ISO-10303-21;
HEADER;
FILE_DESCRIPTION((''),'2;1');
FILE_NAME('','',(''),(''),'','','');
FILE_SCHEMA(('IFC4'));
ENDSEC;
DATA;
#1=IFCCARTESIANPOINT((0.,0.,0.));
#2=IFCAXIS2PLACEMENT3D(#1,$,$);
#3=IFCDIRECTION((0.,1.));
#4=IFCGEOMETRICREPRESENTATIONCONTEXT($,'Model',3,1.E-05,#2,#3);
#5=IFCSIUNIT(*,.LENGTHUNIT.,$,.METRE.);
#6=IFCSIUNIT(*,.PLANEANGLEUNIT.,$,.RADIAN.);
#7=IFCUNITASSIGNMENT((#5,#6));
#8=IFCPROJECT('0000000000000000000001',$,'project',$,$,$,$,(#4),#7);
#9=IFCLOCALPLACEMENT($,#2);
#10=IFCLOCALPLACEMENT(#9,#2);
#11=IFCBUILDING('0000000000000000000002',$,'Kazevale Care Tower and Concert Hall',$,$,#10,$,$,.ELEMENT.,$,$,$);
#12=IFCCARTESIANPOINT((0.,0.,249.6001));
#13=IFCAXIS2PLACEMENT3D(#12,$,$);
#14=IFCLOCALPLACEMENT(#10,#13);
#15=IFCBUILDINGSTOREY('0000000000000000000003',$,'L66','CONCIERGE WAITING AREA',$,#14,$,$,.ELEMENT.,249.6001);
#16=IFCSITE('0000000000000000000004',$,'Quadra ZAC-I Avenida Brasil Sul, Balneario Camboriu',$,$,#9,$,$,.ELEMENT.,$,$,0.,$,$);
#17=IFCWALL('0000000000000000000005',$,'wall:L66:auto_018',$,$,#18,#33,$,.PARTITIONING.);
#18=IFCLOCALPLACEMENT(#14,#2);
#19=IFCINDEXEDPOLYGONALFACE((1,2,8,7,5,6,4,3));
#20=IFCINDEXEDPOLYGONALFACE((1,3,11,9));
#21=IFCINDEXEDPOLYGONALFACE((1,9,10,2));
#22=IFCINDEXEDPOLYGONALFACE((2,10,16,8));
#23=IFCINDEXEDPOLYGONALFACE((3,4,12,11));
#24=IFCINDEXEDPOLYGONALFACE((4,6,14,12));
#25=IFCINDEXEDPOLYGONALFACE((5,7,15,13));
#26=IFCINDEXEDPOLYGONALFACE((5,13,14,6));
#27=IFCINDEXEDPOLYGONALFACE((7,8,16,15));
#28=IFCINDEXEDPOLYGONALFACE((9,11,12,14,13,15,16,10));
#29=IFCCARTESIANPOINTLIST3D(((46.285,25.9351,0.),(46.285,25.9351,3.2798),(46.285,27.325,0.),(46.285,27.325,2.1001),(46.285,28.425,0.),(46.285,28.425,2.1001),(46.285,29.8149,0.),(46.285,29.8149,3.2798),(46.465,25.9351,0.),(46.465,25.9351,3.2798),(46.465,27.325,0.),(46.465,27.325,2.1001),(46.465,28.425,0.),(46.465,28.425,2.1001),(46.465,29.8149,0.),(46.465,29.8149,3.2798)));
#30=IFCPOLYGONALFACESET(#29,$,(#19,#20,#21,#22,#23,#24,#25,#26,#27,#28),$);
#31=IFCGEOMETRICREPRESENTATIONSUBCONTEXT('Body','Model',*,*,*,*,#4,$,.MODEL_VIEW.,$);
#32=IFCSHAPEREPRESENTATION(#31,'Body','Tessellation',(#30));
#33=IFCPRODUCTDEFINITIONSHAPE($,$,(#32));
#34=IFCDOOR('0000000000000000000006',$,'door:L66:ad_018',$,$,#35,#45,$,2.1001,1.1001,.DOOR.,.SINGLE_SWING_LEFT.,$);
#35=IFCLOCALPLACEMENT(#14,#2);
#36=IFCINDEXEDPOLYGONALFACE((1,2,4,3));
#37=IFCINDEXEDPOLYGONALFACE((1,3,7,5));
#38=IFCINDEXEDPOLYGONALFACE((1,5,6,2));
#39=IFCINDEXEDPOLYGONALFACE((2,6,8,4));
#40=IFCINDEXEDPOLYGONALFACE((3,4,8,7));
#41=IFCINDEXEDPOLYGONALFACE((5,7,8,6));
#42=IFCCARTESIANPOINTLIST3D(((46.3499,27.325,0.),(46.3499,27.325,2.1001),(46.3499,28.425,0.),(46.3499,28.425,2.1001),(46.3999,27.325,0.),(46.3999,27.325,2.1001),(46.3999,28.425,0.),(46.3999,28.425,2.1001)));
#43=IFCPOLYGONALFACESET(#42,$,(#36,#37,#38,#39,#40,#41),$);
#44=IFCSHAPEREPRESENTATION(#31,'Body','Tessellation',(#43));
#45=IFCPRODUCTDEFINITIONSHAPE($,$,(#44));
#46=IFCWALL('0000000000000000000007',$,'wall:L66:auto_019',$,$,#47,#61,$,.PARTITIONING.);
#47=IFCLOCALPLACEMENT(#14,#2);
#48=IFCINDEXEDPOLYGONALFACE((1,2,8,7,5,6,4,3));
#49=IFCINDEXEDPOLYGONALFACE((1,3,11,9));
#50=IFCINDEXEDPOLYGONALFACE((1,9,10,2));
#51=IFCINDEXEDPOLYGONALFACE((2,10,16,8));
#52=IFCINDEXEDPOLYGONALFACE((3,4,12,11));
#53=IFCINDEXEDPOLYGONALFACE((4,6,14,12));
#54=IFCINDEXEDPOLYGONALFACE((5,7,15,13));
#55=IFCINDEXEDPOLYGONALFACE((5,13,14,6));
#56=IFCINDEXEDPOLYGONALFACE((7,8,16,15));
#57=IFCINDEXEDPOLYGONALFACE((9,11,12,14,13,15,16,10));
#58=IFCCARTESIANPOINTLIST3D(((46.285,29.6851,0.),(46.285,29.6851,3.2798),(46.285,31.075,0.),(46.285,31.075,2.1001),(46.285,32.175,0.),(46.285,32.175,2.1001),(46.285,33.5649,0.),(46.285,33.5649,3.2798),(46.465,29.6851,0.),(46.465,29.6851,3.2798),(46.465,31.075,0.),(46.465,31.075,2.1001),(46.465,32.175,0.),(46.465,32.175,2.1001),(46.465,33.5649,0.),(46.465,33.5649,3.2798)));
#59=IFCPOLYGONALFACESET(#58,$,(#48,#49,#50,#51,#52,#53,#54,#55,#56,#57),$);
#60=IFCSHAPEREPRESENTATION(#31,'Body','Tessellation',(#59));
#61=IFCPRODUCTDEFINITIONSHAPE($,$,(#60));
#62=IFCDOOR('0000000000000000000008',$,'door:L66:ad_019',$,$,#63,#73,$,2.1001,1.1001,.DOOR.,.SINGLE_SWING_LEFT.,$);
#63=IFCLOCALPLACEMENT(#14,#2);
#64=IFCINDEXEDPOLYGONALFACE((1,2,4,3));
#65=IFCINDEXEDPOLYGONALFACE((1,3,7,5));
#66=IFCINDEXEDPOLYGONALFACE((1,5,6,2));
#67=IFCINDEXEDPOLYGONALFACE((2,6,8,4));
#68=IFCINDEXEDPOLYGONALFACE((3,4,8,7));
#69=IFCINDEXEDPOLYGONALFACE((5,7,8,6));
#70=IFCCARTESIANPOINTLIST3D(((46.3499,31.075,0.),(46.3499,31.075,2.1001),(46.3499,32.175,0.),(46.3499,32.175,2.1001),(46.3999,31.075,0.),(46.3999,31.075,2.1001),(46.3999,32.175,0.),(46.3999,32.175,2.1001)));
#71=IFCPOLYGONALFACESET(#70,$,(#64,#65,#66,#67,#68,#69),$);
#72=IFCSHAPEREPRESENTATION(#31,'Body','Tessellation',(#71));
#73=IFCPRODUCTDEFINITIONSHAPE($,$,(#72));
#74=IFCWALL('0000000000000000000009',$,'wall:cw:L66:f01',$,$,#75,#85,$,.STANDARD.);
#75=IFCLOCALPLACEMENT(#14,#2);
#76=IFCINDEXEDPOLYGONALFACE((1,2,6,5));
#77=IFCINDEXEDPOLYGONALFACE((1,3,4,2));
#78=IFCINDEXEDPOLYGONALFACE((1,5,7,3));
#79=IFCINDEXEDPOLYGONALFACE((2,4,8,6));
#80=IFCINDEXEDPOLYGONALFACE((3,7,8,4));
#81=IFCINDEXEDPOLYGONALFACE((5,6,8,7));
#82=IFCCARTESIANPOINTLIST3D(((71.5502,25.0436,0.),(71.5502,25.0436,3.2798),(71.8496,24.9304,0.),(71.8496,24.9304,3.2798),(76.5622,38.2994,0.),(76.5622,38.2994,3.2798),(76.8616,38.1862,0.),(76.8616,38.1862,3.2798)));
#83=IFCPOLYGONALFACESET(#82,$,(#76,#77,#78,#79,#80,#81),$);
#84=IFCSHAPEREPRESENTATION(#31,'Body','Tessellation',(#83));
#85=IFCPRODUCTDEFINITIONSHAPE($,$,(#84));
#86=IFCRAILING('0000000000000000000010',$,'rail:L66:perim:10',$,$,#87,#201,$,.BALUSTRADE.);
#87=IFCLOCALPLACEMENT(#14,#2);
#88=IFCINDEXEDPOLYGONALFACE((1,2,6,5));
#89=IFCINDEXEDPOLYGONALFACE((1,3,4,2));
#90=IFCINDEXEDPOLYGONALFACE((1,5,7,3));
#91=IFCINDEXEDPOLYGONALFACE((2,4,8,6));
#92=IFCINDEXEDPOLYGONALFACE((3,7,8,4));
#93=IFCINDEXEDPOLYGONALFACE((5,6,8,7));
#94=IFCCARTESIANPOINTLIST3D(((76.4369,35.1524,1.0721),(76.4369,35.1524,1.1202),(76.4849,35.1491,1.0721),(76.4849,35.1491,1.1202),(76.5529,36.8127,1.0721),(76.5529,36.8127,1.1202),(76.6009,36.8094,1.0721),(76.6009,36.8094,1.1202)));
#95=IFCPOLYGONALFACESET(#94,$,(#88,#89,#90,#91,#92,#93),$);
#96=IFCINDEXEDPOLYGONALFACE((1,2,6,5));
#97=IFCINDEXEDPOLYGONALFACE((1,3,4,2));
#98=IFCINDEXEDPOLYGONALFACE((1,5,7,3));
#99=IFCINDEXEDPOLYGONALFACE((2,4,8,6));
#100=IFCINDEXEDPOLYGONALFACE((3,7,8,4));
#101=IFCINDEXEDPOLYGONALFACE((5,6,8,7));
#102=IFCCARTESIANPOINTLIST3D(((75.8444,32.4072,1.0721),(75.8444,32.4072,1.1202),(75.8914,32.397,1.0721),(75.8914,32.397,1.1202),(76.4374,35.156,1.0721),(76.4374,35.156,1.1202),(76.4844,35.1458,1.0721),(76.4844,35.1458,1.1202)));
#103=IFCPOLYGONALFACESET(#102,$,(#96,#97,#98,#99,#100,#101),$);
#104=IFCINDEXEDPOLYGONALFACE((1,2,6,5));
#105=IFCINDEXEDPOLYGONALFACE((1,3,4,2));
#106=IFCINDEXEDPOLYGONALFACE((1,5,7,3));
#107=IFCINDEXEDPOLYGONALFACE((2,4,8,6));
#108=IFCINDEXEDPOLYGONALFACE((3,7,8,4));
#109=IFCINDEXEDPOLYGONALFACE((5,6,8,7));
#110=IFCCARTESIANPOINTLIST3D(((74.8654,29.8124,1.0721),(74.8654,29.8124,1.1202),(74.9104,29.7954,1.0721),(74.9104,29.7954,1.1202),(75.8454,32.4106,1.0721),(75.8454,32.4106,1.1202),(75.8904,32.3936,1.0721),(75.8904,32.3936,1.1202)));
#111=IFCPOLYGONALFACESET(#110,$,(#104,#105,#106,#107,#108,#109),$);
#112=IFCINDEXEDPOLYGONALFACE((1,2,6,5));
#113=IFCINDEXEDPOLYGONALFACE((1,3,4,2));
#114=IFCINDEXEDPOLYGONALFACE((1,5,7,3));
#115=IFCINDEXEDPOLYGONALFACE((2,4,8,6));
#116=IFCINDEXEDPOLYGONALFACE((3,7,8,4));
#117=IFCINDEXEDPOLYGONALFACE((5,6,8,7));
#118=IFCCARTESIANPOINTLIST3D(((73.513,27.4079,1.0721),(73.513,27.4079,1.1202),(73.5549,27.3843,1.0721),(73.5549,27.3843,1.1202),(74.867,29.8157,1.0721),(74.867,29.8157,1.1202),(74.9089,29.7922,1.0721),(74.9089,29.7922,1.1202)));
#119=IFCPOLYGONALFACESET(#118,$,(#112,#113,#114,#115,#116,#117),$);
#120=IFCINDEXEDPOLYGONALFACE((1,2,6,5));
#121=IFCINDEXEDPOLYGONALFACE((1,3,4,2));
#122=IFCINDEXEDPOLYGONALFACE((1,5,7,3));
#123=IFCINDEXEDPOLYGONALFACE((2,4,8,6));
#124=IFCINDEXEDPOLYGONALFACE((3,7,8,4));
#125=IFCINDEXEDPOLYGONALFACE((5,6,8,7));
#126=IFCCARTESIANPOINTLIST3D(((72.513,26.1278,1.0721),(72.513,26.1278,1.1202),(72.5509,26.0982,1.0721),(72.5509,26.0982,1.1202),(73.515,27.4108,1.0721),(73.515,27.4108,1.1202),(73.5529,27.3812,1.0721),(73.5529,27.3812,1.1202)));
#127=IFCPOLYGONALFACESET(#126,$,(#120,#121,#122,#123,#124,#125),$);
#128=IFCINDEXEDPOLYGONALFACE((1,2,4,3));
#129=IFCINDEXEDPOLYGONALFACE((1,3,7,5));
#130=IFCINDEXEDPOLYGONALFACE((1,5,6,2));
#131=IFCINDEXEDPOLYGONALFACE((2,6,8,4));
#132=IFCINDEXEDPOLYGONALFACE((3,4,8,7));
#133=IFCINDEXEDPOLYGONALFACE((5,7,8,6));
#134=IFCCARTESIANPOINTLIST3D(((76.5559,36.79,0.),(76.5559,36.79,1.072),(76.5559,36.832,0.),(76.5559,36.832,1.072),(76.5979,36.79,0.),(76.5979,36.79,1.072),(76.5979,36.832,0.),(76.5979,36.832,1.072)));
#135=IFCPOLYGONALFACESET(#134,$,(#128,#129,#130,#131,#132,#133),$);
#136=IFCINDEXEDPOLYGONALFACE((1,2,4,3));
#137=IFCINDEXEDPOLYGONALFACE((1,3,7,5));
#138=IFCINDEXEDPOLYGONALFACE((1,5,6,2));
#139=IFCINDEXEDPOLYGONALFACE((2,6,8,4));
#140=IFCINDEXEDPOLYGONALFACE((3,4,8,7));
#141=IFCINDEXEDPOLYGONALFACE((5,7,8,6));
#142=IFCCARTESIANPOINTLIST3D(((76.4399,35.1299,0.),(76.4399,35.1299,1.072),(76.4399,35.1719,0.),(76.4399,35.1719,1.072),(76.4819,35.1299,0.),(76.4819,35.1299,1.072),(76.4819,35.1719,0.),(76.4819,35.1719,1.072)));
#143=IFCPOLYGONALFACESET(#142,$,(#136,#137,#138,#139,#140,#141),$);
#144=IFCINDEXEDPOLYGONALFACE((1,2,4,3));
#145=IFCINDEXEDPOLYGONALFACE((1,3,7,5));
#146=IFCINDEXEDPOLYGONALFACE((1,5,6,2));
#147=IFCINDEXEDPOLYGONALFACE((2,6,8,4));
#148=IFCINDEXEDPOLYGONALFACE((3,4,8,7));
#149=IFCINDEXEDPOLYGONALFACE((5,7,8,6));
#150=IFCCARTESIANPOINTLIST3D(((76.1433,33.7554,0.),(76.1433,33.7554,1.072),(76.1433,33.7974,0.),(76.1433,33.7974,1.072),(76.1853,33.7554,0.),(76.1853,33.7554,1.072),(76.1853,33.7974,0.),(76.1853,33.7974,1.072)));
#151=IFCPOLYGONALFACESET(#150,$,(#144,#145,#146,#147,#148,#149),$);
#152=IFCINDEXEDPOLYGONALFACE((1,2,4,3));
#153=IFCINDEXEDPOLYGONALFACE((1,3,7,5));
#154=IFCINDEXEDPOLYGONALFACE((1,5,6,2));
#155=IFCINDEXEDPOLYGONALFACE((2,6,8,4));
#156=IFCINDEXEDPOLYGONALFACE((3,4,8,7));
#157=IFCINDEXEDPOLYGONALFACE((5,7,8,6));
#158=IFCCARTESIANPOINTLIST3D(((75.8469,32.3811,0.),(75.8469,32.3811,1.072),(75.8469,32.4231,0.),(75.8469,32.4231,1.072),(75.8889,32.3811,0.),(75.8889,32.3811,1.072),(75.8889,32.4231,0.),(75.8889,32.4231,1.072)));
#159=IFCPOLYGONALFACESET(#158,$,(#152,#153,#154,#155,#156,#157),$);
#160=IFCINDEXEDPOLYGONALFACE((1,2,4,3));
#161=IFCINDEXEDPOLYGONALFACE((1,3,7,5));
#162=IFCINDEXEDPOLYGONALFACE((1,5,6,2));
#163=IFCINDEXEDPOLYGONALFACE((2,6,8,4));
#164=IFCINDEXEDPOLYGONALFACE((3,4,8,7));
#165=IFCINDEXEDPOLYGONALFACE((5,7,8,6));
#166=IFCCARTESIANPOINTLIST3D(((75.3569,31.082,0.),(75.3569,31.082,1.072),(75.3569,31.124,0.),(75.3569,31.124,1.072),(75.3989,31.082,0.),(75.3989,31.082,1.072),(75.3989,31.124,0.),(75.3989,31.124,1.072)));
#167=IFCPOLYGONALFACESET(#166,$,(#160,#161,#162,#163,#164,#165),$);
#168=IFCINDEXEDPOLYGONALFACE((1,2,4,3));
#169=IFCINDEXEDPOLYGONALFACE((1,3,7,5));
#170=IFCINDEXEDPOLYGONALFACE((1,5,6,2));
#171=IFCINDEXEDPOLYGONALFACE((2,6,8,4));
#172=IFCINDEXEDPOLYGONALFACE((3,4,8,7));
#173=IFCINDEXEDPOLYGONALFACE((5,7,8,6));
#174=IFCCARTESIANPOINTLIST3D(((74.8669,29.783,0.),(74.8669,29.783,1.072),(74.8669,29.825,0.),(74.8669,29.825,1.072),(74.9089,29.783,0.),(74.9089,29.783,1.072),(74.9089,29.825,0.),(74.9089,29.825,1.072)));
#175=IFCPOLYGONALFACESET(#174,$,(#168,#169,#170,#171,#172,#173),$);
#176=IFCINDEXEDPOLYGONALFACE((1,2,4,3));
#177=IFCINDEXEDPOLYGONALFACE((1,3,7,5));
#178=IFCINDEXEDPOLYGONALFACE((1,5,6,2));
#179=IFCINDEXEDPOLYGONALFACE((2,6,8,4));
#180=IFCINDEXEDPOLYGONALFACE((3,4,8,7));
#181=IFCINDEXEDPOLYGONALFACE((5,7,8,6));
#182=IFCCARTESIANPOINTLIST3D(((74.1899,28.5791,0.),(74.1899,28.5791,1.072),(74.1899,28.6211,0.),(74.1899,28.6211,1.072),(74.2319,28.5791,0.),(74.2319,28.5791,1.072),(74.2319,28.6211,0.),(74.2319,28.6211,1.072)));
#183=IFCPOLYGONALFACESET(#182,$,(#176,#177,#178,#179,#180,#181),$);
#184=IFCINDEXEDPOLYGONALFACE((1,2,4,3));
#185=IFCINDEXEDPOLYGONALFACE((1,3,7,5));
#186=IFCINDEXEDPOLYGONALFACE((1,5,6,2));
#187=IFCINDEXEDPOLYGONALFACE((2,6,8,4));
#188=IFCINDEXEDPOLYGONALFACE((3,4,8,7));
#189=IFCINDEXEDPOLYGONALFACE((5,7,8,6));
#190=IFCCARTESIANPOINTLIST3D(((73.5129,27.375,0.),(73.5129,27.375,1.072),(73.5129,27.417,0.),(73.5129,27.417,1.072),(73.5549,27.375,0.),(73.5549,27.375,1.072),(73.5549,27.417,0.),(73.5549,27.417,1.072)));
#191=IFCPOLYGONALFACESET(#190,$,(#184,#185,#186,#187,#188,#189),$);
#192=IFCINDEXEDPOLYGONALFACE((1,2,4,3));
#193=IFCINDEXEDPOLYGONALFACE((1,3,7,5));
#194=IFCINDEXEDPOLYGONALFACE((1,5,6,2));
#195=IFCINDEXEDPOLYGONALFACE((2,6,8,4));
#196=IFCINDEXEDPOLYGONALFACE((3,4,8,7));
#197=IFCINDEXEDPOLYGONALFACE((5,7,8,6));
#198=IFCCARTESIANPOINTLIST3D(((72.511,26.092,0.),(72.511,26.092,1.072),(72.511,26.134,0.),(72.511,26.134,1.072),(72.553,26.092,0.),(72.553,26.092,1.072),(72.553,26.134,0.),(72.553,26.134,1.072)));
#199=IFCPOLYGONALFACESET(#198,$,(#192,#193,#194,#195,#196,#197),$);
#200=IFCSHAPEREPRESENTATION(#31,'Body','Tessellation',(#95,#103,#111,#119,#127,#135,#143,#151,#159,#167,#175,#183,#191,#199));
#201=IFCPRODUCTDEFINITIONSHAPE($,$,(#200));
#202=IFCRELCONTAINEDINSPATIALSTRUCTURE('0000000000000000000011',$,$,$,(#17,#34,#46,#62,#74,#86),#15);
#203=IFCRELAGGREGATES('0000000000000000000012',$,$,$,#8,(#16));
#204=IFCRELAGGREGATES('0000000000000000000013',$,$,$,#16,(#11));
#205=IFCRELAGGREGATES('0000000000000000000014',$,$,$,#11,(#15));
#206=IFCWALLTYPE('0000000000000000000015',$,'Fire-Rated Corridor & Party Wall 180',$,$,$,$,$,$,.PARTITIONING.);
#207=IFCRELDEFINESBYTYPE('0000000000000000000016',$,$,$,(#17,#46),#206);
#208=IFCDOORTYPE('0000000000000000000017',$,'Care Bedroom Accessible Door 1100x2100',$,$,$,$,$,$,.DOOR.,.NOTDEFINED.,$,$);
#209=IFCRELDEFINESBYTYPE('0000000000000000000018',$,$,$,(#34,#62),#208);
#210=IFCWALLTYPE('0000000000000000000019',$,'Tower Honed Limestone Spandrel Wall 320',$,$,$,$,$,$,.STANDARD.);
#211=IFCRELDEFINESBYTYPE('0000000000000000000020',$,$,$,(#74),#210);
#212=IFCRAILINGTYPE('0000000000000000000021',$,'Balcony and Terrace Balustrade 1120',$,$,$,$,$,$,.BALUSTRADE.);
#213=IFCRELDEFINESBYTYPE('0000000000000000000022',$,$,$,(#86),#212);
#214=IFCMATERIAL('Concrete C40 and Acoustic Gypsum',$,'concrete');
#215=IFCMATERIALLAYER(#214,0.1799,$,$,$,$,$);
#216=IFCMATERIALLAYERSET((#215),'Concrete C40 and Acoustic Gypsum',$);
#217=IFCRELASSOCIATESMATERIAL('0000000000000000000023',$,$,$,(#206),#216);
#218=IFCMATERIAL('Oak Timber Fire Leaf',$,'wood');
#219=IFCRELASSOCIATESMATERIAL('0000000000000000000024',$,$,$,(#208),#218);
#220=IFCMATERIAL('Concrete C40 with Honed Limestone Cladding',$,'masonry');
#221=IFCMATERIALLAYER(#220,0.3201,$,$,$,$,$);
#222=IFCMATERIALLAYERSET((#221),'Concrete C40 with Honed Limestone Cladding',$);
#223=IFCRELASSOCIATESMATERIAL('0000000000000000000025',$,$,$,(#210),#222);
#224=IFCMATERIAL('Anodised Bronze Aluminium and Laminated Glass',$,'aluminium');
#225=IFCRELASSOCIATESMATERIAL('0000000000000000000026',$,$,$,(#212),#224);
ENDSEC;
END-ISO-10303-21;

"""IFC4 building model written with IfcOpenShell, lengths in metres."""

from ifc_helpers import new_model, si_unit, direction, frame, frame_2d, origin, origin_2d, place, context, subcontext, project, spatial, rectangle, extrude, material, layer, layer_set, type_object, element, fill, save


model = new_model("IFC4")

# Units and contexts
model_context = context("Model", 3, precision=1e-05, world=origin(), true_north=direction((0.0, 1.0)))
body_context = subcontext(model_context, "Body", "Model", "MODEL_VIEW")
ifc_project = project(units=[si_unit("LENGTHUNIT", "METRE"), si_unit("PLANEANGLEUNIT", "RADIAN")], contexts=[model_context])

# Site, building, storey
site_placement = place(None, origin())
site = spatial("IfcSite", under=ifc_project, at=site_placement, Name="Quadra ZAC-I Avenida Brasil Sul, Balneario Camboriu", CompositionType="ELEMENT", RefElevation=0.0)
building_placement = place(site_placement, origin())
building = spatial("IfcBuilding", under=site, at=building_placement, Name="Kazevale Care Tower and Concert Hall", CompositionType="ELEMENT")
storey_placement = place(building_placement, frame((0.0, 0.0, 249.6001)))
storey = spatial("IfcBuildingStorey", under=building, at=storey_placement, Name="L66", Description="CONCIERGE WAITING AREA", CompositionType="ELEMENT", Elevation=249.6001)

# Walls, openings, doors
ifc_material_1 = material(Name="Concrete C40 and Acoustic Gypsum", Category="concrete")
ifc_layer_1 = layer(ifc_material_1, 0.1799)
ifc_layer_set_1 = layer_set([ifc_layer_1], Name="Concrete C40 and Acoustic Gypsum")
wall_type_1 = type_object("IfcWallType", Name="Fire-Rated Corridor & Party Wall 180", PredefinedType="PARTITIONING", material=ifc_layer_set_1)
ifc_material_2 = material(Name="Oak Timber Fire Leaf", Category="wood")
door_type = type_object("IfcDoorType", Name="Care Bedroom Accessible Door 1100x2100", OperationType="NOTDEFINED", PredefinedType="DOOR", material=ifc_material_2)
wall_1_placement = place(storey_placement, frame((46.375, 29.8149, 0.0), z_axis=(0.0, 0.0, 1.0), x_axis=(0.0, -1.0, 0.0)))
wall_1 = element("IfcWall", 1, at=wall_1_placement, inside=storey, type_object=wall_type_1, Name="wall:L66:auto_018", PredefinedType="PARTITIONING", context=body_context, shape_type="SweptSolid", body=[
    extrude(rectangle(XDim=3.8799, YDim=0.1799, at=frame_2d((1.9399, 0.0))), origin(), (0.0, 0.0, 1.0), 3.2798),
])
opening_1_placement = place(wall_1_placement, frame((1.3899, 0.0, 0.0)))
opening_1 = element("IfcOpeningElement", 2, at=opening_1_placement, cuts=wall_1, PredefinedType="OPENING", context=body_context, shape_type="SweptSolid", body=[
    extrude(rectangle(XDim=1.1001, YDim=2.1001, at=frame_2d((0.55, 1.05))), frame((0.0, 0.0999, 0.0), z_axis=(0.0, -1.0, 0.0), x_axis=(1.0, 0.0, 0.0)), (0.0, 0.0, 1.0), 0.2),
])
door_1_placement = place(opening_1_placement, origin())
door_1 = element("IfcDoor", 3, at=door_1_placement, inside=storey, type_object=door_type, Name="door:L66:ad_018", OperationType="SINGLE_SWING_LEFT", OverallHeight=2.1001, OverallWidth=1.1001, PredefinedType="DOOR", context=body_context, shape_type="SweptSolid", body=[
    extrude(rectangle(XDim=1.1001, YDim=2.1001, at=frame_2d((0.55, 1.05))), frame((0.0, 0.0249, 0.0), z_axis=(0.0, -1.0, 0.0), x_axis=(1.0, 0.0, 0.0)), (0.0, 0.0, 1.0), 0.05),
])
fill(opening_1, door_1)
wall_2_placement = place(storey_placement, frame((46.375, 33.5649, 0.0), z_axis=(0.0, 0.0, 1.0), x_axis=(0.0, -1.0, 0.0)))
wall_2 = element("IfcWall", 4, at=wall_2_placement, inside=storey, type_object=wall_type_1, Name="wall:L66:auto_019", PredefinedType="PARTITIONING", context=body_context, shape_type="SweptSolid", body=[
    extrude(rectangle(XDim=3.8799, YDim=0.1799, at=frame_2d((1.9399, 0.0))), origin(), (0.0, 0.0, 1.0), 3.2798),
])
opening_2_placement = place(wall_2_placement, frame((1.3899, 0.0, 0.0)))
opening_2 = element("IfcOpeningElement", 5, at=opening_2_placement, cuts=wall_2, PredefinedType="OPENING", context=body_context, shape_type="SweptSolid", body=[
    extrude(rectangle(XDim=1.1001, YDim=2.1001, at=frame_2d((0.55, 1.05))), frame((0.0, 0.0999, 0.0), z_axis=(0.0, -1.0, 0.0), x_axis=(1.0, 0.0, 0.0)), (0.0, 0.0, 1.0), 0.2),
])
door_2_placement = place(opening_2_placement, origin())
door_2 = element("IfcDoor", 6, at=door_2_placement, inside=storey, type_object=door_type, Name="door:L66:ad_019", OperationType="SINGLE_SWING_LEFT", OverallHeight=2.1001, OverallWidth=1.1001, PredefinedType="DOOR", context=body_context, shape_type="SweptSolid", body=[
    extrude(rectangle(XDim=1.1001, YDim=2.1001, at=frame_2d((0.55, 1.05))), frame((0.0, 0.0249, 0.0), z_axis=(0.0, -1.0, 0.0), x_axis=(1.0, 0.0, 0.0)), (0.0, 0.0, 1.0), 0.05),
])
fill(opening_2, door_2)

# Wall
ifc_material_3 = material(Name="Concrete C40 with Honed Limestone Cladding", Category="masonry")
ifc_layer_2 = layer(ifc_material_3, 0.3201)
ifc_layer_set_2 = layer_set([ifc_layer_2], Name="Concrete C40 with Honed Limestone Cladding")
wall_type_2 = type_object("IfcWallType", Name="Tower Honed Limestone Spandrel Wall 320", PredefinedType="STANDARD", material=ifc_layer_set_2)
wall_3_placement = place(storey_placement, frame((76.7119, 38.2429, 0.0), z_axis=(0.0, 0.0, 1.0), x_axis=(-0.35366, -0.935374, 0.0)))
element("IfcWall", 7, at=wall_3_placement, inside=storey, type_object=wall_type_2, Name="wall:cw:L66:f01", PredefinedType="STANDARD", context=body_context, shape_type="SweptSolid", body=[
    extrude(rectangle(XDim=14.1716, YDim=0.3201, at=frame_2d((7.0859, 0.0))), origin(), (0.0, 0.0, 1.0), 3.2798),
])

# Railing
ifc_material_4 = material(Name="Anodised Bronze Aluminium and Laminated Glass", Category="aluminium")
railing_type = type_object("IfcRailingType", Name="Balcony and Terrace Balustrade 1120", PredefinedType="BALUSTRADE", material=ifc_material_4)
railing_1_placement = place(storey_placement, frame((76.5769, 36.811, 0.0)))
element("IfcRailing", 8, at=railing_1_placement, inside=storey, type_object=railing_type, Name="rail:L66:perim:10", PredefinedType="BALUSTRADE", context=body_context, shape_type="SweptSolid", body=[
    extrude(rectangle(XDim=0.0481, YDim=0.0481, at=origin_2d()), frame((0.0, 0.0, 1.0962), z_axis=(-0.069683, -0.997569, 0.0), x_axis=(0.997569, -0.069683, 0.0)), (0.0, 0.0, 1.0), 1.6643),
    extrude(rectangle(XDim=0.0481, YDim=0.0481, at=origin_2d()), frame((-0.116, -1.6602, 1.0962), z_axis=(-0.210887, -0.977511, 0.0), x_axis=(0.977511, -0.210887, 0.0)), (0.0, 0.0, 1.0), 2.812),
    extrude(rectangle(XDim=0.0481, YDim=0.0481, at=origin_2d()), frame((-0.709, -4.4089, 1.0962), z_axis=(-0.352915, -0.935655, 0.0), x_axis=(0.935655, -0.352915, 0.0)), (0.0, 0.0, 1.0), 2.7769),
    extrude(rectangle(XDim=0.0481, YDim=0.0481, at=origin_2d()), frame((-1.689, -7.0071, 1.0962), z_axis=(-0.490131, -0.871649, 0.0), x_axis=(0.871649, -0.490131, 0.0)), (0.0, 0.0, 1.0), 2.7625),
    extrude(rectangle(XDim=0.0481, YDim=0.0481, at=origin_2d()), frame((-3.043, -9.415, 1.0962), z_axis=(-0.615507, -0.788131, 0.0), x_axis=(0.788131, -0.615507, 0.0)), (0.0, 0.0, 1.0), 1.6279),
    extrude(rectangle(XDim=0.042, YDim=0.042, at=origin_2d()), origin(), (0.0, 0.0, 1.0), 1.072),
    extrude(rectangle(XDim=0.042, YDim=0.042, at=origin_2d()), frame((-0.116, -1.6602, 0.0)), (0.0, 0.0, 1.0), 1.072),
    extrude(rectangle(XDim=0.042, YDim=0.042, at=origin_2d()), frame((-0.4126, -3.0347, 0.0)), (0.0, 0.0, 1.0), 1.072),
    extrude(rectangle(XDim=0.042, YDim=0.042, at=origin_2d()), frame((-0.709, -4.4089, 0.0)), (0.0, 0.0, 1.0), 1.072),
    extrude(rectangle(XDim=0.042, YDim=0.042, at=origin_2d()), frame((-1.199, -5.708, 0.0)), (0.0, 0.0, 1.0), 1.072),
    extrude(rectangle(XDim=0.042, YDim=0.042, at=origin_2d()), frame((-1.689, -7.0071, 0.0)), (0.0, 0.0, 1.0), 1.072),
    extrude(rectangle(XDim=0.042, YDim=0.042, at=origin_2d()), frame((-2.366, -8.2109, 0.0)), (0.0, 0.0, 1.0), 1.072),
    extrude(rectangle(XDim=0.042, YDim=0.042, at=origin_2d()), frame((-3.043, -9.415, 0.0)), (0.0, 0.0, 1.0), 1.072),
    extrude(rectangle(XDim=0.042, YDim=0.042, at=origin_2d()), frame((-4.0449, -10.698, 0.0)), (0.0, 0.0, 1.0), 1.072),
])

save(model, "model.ifc")
